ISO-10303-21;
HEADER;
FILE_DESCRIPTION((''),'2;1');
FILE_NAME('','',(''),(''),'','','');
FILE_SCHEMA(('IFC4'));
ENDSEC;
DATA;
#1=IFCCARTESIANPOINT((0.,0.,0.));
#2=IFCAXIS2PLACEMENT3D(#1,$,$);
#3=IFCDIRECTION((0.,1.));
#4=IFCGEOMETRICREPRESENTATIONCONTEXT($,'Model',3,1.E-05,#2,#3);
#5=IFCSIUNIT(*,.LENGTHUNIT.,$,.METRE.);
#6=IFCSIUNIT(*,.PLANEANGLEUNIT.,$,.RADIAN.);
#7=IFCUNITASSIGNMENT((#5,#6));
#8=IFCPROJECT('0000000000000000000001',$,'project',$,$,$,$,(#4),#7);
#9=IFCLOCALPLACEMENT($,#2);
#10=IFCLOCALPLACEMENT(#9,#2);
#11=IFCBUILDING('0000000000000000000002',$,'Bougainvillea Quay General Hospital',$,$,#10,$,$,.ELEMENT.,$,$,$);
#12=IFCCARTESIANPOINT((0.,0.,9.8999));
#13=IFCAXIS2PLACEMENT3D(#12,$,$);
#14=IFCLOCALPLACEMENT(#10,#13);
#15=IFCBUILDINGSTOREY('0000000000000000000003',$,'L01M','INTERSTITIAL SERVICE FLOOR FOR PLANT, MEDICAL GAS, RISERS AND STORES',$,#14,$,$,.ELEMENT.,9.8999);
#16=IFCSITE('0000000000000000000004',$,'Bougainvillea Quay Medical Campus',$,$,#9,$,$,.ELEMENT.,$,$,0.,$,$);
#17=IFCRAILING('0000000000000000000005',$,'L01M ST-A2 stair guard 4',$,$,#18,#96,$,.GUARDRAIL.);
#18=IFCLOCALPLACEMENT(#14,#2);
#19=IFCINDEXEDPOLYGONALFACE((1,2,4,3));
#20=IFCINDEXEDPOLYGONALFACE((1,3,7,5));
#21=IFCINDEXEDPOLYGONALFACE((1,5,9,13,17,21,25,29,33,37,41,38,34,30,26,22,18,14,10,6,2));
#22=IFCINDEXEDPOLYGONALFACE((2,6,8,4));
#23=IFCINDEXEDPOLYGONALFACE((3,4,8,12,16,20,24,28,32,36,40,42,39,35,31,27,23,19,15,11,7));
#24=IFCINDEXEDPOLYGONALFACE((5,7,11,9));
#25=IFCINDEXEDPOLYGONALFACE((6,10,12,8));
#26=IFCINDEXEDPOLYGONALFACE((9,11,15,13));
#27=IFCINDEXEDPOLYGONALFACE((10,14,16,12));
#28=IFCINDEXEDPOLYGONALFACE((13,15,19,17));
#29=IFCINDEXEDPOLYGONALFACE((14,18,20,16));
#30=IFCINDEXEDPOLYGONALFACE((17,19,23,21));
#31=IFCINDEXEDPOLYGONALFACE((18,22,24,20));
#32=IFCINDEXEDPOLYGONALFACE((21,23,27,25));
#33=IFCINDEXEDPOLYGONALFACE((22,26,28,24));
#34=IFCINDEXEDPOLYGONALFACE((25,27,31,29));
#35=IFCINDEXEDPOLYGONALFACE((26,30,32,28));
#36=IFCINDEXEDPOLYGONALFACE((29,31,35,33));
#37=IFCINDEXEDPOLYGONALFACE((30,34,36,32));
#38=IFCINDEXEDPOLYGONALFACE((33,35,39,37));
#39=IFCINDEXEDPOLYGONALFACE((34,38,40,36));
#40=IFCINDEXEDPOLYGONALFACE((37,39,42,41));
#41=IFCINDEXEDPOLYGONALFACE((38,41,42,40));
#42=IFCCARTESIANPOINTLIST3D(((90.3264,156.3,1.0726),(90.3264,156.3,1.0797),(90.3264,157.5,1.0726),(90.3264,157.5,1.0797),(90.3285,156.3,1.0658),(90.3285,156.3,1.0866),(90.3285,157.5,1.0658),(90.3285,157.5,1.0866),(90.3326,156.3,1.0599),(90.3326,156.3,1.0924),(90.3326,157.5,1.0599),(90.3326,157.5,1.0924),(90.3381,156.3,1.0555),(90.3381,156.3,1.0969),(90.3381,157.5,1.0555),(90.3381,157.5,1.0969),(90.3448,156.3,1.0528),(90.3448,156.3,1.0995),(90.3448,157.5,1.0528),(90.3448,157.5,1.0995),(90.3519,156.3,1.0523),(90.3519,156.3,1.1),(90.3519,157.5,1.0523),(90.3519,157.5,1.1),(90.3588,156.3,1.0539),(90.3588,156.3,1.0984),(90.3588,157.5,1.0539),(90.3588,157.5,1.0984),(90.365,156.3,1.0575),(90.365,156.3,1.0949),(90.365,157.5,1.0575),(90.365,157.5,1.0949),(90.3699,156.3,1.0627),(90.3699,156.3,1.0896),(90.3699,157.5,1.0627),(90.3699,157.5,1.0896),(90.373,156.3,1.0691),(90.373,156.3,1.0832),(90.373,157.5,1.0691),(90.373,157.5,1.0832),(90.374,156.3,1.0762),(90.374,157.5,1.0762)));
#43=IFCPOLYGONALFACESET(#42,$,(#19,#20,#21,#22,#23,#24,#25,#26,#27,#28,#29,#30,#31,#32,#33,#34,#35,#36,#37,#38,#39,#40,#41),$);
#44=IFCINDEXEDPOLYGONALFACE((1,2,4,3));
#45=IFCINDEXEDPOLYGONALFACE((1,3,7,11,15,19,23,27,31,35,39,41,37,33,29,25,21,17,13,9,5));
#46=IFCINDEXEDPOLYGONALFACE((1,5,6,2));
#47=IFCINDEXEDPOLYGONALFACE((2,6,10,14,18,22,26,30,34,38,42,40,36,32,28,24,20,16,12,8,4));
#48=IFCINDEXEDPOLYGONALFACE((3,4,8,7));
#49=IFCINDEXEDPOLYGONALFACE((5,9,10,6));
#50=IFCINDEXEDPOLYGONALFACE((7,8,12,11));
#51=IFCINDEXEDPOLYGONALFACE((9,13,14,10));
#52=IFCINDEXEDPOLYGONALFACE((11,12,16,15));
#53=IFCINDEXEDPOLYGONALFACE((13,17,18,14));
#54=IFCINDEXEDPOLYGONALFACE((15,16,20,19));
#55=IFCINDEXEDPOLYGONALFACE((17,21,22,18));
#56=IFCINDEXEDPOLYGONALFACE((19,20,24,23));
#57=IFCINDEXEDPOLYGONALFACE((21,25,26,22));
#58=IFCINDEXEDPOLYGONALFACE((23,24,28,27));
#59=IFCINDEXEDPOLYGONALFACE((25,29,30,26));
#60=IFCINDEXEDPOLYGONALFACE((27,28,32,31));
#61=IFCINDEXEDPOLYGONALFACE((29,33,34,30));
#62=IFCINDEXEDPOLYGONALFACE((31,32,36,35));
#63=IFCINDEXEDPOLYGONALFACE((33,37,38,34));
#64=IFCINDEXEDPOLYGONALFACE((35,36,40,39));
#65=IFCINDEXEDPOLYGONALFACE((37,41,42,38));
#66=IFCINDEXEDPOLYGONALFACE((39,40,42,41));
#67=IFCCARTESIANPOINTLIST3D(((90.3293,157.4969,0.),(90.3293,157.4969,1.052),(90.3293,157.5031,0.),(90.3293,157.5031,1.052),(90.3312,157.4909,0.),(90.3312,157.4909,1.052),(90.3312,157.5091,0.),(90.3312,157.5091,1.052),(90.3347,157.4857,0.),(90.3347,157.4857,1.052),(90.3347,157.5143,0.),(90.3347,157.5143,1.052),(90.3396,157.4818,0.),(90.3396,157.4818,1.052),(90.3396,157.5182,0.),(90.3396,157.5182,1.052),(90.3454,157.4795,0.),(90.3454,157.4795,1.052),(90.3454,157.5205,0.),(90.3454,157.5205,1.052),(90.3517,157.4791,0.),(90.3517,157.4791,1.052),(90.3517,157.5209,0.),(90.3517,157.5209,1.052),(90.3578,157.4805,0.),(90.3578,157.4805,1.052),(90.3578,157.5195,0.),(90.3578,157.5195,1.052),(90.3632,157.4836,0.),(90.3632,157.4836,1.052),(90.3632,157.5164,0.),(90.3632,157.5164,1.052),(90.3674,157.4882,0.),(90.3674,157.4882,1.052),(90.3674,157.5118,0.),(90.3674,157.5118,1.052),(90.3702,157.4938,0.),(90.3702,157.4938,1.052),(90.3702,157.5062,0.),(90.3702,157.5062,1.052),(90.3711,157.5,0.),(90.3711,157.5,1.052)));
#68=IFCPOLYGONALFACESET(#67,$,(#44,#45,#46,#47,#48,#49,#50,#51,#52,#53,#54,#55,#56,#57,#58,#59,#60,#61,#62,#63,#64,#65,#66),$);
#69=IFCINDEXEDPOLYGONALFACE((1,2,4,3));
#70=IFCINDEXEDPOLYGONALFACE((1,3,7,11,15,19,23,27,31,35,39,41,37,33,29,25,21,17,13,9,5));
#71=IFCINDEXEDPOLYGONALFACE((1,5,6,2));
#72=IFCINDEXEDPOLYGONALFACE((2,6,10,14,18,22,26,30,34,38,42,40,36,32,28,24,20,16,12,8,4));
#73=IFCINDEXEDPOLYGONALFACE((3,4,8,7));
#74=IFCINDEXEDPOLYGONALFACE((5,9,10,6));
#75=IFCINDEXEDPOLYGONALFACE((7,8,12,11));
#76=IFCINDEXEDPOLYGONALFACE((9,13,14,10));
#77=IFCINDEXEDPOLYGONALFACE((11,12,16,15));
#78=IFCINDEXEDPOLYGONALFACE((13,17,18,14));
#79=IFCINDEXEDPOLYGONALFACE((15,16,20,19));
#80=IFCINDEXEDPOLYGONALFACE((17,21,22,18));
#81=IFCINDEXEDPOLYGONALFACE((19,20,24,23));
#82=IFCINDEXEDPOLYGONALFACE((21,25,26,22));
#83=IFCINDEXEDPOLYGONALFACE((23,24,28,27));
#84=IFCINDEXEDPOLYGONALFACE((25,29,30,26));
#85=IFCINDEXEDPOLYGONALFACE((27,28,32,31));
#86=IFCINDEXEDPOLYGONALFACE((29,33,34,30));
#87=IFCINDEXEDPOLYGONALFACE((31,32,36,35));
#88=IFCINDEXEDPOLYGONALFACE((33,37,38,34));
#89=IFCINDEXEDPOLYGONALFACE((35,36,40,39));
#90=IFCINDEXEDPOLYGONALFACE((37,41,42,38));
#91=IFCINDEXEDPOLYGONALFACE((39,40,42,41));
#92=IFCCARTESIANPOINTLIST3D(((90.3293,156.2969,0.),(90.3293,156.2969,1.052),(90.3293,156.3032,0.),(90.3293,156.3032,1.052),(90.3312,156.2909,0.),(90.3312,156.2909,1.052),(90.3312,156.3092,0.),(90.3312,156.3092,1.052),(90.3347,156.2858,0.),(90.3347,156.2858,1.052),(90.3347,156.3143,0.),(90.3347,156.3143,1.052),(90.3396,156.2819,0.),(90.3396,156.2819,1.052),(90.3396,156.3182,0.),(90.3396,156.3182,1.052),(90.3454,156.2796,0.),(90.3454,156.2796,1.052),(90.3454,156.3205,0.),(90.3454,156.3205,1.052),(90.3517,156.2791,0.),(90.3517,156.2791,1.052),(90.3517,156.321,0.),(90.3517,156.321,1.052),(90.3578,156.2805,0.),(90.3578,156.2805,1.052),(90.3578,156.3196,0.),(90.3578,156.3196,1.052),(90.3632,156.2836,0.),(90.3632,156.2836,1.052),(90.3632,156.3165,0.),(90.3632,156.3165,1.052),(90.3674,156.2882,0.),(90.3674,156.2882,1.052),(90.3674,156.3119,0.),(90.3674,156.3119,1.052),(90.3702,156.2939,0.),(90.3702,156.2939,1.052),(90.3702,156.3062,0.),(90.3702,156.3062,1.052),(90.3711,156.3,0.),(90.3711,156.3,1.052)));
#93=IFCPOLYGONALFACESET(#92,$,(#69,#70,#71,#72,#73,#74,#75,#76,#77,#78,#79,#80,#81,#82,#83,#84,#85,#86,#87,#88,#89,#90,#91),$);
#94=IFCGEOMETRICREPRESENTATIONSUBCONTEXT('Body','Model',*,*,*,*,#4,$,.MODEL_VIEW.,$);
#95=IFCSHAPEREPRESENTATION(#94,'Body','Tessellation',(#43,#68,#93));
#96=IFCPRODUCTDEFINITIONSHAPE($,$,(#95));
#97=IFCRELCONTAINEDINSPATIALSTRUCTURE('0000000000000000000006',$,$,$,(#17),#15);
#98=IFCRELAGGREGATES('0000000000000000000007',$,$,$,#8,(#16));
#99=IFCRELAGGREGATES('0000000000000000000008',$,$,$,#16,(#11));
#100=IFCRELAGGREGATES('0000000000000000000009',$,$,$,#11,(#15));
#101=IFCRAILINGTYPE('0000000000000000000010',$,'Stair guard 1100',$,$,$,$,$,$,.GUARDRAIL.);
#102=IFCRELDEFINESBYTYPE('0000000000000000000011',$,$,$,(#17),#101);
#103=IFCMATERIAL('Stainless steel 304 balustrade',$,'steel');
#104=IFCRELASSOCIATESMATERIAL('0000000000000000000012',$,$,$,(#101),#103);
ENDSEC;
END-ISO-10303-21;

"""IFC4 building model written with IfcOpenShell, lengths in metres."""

from ifc_helpers import new_model, si_unit, direction, frame, origin, origin_2d, place, context, subcontext, project, spatial, circle, extrude, material, type_object, element, save


model = new_model("IFC4")

# Units and contexts
model_context = context("Model", 3, precision=1e-05, world=origin(), true_north=direction((0.0, 1.0)))
body_context = subcontext(model_context, "Body", "Model", "MODEL_VIEW")
ifc_project = project(units=[si_unit("LENGTHUNIT", "METRE"), si_unit("PLANEANGLEUNIT", "RADIAN")], contexts=[model_context])

# Site, building, storey
site_placement = place(None, origin())
site = spatial("IfcSite", under=ifc_project, at=site_placement, Name="Bougainvillea Quay Medical Campus", CompositionType="ELEMENT", RefElevation=0.0)
building_placement = place(site_placement, origin())
building = spatial("IfcBuilding", under=site, at=building_placement, Name="Bougainvillea Quay General Hospital", CompositionType="ELEMENT")
storey_placement = place(building_placement, frame((0.0, 0.0, 9.8999)))
storey = spatial("IfcBuildingStorey", under=building, at=storey_placement, Name="L01M", Description="INTERSTITIAL SERVICE FLOOR FOR PLANT, MEDICAL GAS, RISERS AND STORES", CompositionType="ELEMENT", Elevation=9.8999)

# Railing
ifc_material_1 = material(Name="Stainless steel 304 balustrade", Category="steel")
railing_type = type_object("IfcRailingType", Name="Stair guard 1100", PredefinedType="GUARDRAIL", material=ifc_material_1)
railing_placement = place(storey_placement, frame((90.3501, 157.5, 0.0)))
element("IfcRailing", 1, at=railing_placement, inside=storey, type_object=railing_type, Name="L01M ST-A2 stair guard 4", PredefinedType="GUARDRAIL", context=body_context, shape_type="SweptSolid", body=[
    extrude(circle(Radius=0.0239, at=origin_2d()), frame((0.0, 0.0, 1.0762), z_axis=(0.0, -1.0, 0.0), x_axis=(1.0, 0.0, 0.0)), (0.0, 0.0, 1.0), 1.2),
    extrude(circle(Radius=0.021, at=origin_2d()), origin(), (0.0, 0.0, 1.0), 1.052),
    extrude(circle(Radius=0.021, at=origin_2d()), frame((0.0, -1.2, 0.0)), (0.0, 0.0, 1.0), 1.052),
])

save(model, "model.ifc")
